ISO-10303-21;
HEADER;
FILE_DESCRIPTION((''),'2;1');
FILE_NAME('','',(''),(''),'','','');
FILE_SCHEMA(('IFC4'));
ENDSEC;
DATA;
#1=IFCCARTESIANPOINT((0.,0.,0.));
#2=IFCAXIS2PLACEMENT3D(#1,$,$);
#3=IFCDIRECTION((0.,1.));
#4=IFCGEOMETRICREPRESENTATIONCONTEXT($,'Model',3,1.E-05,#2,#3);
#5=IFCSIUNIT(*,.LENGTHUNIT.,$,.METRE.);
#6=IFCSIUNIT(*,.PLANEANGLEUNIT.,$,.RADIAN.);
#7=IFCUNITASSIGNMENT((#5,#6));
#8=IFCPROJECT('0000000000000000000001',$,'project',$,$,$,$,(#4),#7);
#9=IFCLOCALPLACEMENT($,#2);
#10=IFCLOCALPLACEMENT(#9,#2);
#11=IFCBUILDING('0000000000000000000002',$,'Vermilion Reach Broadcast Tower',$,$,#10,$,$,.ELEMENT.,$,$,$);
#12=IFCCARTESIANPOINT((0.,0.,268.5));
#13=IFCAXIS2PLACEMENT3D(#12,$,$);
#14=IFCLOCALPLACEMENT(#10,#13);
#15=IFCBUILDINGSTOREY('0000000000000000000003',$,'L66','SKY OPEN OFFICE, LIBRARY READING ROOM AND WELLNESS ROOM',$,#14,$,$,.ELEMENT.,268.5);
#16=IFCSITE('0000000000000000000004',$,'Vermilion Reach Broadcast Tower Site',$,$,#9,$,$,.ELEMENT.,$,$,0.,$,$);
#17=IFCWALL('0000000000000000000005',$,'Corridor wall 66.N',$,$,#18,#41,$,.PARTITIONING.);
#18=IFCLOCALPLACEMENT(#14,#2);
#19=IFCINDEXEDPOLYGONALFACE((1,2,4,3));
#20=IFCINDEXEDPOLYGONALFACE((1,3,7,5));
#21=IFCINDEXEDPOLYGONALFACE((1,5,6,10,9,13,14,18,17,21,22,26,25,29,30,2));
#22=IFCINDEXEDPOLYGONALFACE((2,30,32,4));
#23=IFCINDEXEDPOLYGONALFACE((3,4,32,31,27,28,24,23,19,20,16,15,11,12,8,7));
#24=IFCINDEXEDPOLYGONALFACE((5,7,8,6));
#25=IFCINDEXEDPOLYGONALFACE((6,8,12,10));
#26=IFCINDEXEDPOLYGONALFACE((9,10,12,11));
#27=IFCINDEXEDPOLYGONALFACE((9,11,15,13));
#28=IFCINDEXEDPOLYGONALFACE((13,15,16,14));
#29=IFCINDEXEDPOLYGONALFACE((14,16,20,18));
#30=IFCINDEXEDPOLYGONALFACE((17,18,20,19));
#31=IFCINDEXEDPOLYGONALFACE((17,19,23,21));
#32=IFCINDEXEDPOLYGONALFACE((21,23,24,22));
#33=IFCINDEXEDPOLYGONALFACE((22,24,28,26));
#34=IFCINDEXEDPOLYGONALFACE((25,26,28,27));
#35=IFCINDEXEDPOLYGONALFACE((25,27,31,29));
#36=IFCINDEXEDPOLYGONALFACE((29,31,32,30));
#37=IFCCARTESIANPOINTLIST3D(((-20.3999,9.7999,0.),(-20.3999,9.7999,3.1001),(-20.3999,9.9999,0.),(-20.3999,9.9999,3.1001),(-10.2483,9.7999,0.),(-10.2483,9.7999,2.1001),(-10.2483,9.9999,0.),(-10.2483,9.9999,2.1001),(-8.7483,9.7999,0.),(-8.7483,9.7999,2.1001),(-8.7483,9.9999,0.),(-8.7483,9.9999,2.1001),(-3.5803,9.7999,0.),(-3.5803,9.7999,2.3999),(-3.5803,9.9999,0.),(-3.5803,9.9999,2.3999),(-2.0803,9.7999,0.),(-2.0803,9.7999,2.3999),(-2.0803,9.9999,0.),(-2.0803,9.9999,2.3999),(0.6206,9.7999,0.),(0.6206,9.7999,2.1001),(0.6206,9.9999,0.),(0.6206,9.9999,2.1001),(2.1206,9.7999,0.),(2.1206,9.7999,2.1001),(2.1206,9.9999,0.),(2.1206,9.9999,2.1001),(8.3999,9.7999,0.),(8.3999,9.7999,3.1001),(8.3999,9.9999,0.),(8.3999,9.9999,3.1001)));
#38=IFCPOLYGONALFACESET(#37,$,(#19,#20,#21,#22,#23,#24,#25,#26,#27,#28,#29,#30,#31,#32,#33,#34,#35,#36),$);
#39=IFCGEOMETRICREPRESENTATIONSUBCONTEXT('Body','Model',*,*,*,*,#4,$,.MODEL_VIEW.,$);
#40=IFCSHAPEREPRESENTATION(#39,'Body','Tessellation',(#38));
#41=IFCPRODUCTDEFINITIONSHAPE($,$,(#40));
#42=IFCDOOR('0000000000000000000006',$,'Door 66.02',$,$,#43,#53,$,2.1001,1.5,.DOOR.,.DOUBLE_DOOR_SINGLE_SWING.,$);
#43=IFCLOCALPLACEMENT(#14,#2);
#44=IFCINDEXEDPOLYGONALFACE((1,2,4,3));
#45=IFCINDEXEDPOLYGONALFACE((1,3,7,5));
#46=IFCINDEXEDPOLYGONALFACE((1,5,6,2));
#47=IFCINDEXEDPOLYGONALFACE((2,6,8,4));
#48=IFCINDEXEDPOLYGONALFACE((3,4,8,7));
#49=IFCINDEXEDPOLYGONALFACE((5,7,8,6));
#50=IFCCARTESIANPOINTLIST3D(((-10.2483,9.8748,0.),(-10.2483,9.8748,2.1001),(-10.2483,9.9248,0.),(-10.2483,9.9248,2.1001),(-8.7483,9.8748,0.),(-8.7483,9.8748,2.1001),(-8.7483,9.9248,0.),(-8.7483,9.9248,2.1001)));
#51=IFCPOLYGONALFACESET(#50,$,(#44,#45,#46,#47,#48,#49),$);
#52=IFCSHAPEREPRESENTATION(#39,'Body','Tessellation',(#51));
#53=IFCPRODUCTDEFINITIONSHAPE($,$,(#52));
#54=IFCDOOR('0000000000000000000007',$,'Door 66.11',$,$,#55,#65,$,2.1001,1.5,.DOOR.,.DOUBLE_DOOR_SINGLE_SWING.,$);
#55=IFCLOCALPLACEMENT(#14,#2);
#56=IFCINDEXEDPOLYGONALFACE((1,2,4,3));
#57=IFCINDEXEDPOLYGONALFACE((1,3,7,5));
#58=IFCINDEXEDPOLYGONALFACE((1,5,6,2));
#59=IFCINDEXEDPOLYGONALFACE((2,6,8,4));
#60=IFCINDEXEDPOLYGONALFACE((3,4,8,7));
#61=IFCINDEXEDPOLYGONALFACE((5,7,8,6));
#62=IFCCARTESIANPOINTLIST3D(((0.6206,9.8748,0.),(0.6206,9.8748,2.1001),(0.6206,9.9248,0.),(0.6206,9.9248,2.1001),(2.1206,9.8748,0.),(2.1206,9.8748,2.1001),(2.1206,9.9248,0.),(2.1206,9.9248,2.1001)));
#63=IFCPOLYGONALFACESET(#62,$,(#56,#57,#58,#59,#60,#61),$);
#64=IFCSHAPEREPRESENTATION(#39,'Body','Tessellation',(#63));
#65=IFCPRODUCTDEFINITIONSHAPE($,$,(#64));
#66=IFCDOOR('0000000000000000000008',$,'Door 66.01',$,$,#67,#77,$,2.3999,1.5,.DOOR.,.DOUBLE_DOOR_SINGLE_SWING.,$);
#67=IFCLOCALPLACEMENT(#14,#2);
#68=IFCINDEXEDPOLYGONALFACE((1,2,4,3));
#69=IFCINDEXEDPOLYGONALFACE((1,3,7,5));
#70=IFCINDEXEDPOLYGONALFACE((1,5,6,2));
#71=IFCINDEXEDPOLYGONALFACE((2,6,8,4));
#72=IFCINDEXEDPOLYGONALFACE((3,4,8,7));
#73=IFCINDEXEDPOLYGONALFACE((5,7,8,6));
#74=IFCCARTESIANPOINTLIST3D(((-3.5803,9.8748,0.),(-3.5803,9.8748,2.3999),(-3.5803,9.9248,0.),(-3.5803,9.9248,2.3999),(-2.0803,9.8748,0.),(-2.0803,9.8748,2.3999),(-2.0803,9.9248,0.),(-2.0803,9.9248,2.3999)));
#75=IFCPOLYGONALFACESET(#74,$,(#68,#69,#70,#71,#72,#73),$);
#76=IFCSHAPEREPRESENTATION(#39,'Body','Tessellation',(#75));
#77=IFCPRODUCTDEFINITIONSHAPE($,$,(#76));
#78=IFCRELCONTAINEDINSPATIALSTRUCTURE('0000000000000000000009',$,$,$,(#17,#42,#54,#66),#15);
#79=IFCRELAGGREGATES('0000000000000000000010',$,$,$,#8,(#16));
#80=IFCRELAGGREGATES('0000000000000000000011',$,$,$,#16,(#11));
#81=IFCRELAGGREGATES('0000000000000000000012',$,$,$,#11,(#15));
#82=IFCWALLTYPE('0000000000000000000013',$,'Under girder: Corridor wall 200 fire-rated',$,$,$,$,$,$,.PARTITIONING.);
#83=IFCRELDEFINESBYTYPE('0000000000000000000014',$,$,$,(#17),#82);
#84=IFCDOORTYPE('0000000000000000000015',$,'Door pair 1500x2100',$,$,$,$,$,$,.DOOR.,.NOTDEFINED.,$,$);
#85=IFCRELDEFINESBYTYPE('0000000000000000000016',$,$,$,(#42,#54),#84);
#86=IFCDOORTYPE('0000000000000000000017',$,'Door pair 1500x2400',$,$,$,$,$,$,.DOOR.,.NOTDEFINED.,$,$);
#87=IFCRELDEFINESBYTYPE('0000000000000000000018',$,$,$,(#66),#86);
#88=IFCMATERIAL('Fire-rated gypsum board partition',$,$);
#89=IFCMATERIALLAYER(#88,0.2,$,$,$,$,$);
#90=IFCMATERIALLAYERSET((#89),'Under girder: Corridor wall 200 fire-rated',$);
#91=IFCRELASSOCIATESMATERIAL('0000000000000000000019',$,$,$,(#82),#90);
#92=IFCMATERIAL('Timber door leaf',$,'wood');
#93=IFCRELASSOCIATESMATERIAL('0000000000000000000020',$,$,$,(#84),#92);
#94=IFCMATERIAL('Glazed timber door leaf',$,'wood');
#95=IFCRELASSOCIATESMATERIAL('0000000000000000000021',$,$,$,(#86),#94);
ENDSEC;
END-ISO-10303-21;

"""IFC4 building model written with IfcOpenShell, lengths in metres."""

from ifc_helpers import new_model, si_unit, direction, frame, frame_2d, origin, place, context, subcontext, project, spatial, rectangle, extrude, material, layer, layer_set, type_object, element, fill, save


model = new_model("IFC4")

# Units and contexts
model_context = context("Model", 3, precision=1e-05, world=origin(), true_north=direction((0.0, 1.0)))
body_context = subcontext(model_context, "Body", "Model", "MODEL_VIEW")
ifc_project = project(units=[si_unit("LENGTHUNIT", "METRE"), si_unit("PLANEANGLEUNIT", "RADIAN")], contexts=[model_context])

# Site, building, storey
site_placement = place(None, origin())
site = spatial("IfcSite", under=ifc_project, at=site_placement, Name="Vermilion Reach Broadcast Tower Site", CompositionType="ELEMENT", RefElevation=0.0)
building_placement = place(site_placement, origin())
building = spatial("IfcBuilding", under=site, at=building_placement, Name="Vermilion Reach Broadcast Tower", CompositionType="ELEMENT")
storey_placement = place(building_placement, frame((0.0, 0.0, 268.5)))
storey = spatial("IfcBuildingStorey", under=building, at=storey_placement, Name="L66", Description="SKY OPEN OFFICE, LIBRARY READING ROOM AND WELLNESS ROOM", CompositionType="ELEMENT", Elevation=268.5)

# Wall, openings, doors
ifc_material_1 = material(Name="Fire-rated gypsum board partition")
ifc_layer_1 = layer(ifc_material_1, 0.2)
ifc_layer_set_1 = layer_set([ifc_layer_1], Name="Under girder: Corridor wall 200 fire-rated")
wall_type_1 = type_object("IfcWallType", Name="Under girder: Corridor wall 200 fire-rated", PredefinedType="PARTITIONING", material=ifc_layer_set_1)
wall_1_placement = place(storey_placement, frame((-20.3999, 9.8999, 0.0), z_axis=(0.0, 0.0, 1.0), x_axis=(1.0, 0.0, 0.0)))
wall_1 = element("IfcWall", 1, at=wall_1_placement, inside=storey, type_object=wall_type_1, Name="Corridor wall 66.N", PredefinedType="PARTITIONING", context=body_context, shape_type="SweptSolid", body=[
    extrude(rectangle(XDim=28.7998, YDim=0.2, at=frame_2d((14.3999, 0.0))), origin(), (0.0, 0.0, 1.0), 3.1001),
])
opening_1_placement = place(wall_1_placement, frame((16.8196, 0.0, 0.0)))
opening_1 = element("IfcOpeningElement", 2, at=opening_1_placement, cuts=wall_1, PredefinedType="OPENING", context=body_context, shape_type="SweptSolid", body=[
    extrude(rectangle(XDim=1.5, YDim=2.3999, at=frame_2d((0.75, 1.2))), frame((0.0, 0.1099, 0.0), z_axis=(0.0, -1.0, 0.0), x_axis=(1.0, 0.0, 0.0)), (0.0, 0.0, 1.0), 0.22),
])
opening_2_placement = place(wall_1_placement, frame((10.1516, 0.0, 0.0)))
opening_2 = element("IfcOpeningElement", 3, at=opening_2_placement, cuts=wall_1, PredefinedType="OPENING", context=body_context, shape_type="SweptSolid", body=[
    extrude(rectangle(XDim=1.5, YDim=2.1001, at=frame_2d((0.75, 1.05))), frame((0.0, 0.1099, 0.0), z_axis=(0.0, -1.0, 0.0), x_axis=(1.0, 0.0, 0.0)), (0.0, 0.0, 1.0), 0.22),
])
opening_3_placement = place(wall_1_placement, frame((21.0205, 0.0, 0.0)))
opening_3 = element("IfcOpeningElement", 4, at=opening_3_placement, cuts=wall_1, PredefinedType="OPENING", context=body_context, shape_type="SweptSolid", body=[
    extrude(rectangle(XDim=1.5, YDim=2.1001, at=frame_2d((0.75, 1.05))), frame((0.0, 0.1099, 0.0), z_axis=(0.0, -1.0, 0.0), x_axis=(1.0, 0.0, 0.0)), (0.0, 0.0, 1.0), 0.22),
])
ifc_material_2 = material(Name="Timber door leaf", Category="wood")
door_type_1 = type_object("IfcDoorType", Name="Door pair 1500x2100", OperationType="NOTDEFINED", PredefinedType="DOOR", material=ifc_material_2)
door_1_placement = place(opening_2_placement, origin())
door_1 = element("IfcDoor", 5, at=door_1_placement, inside=storey, type_object=door_type_1, Name="Door 66.02", OperationType="DOUBLE_DOOR_SINGLE_SWING", OverallHeight=2.1001, OverallWidth=1.5, PredefinedType="DOOR", context=body_context, shape_type="SweptSolid", body=[
    extrude(rectangle(XDim=1.5, YDim=2.1001, at=frame_2d((0.75, 1.05))), frame((0.0, 0.0249, 0.0), z_axis=(0.0, -1.0, 0.0), x_axis=(1.0, 0.0, 0.0)), (0.0, 0.0, 1.0), 0.05),
])
fill(opening_2, door_1)
door_2_placement = place(opening_3_placement, origin())
door_2 = element("IfcDoor", 6, at=door_2_placement, inside=storey, type_object=door_type_1, Name="Door 66.11", OperationType="DOUBLE_DOOR_SINGLE_SWING", OverallHeight=2.1001, OverallWidth=1.5, PredefinedType="DOOR", context=body_context, shape_type="SweptSolid", body=[
    extrude(rectangle(XDim=1.5, YDim=2.1001, at=frame_2d((0.75, 1.05))), frame((0.0, 0.0249, 0.0), z_axis=(0.0, -1.0, 0.0), x_axis=(1.0, 0.0, 0.0)), (0.0, 0.0, 1.0), 0.05),
])
fill(opening_3, door_2)
ifc_material_3 = material(Name="Glazed timber door leaf", Category="wood")
door_type_2 = type_object("IfcDoorType", Name="Door pair 1500x2400", OperationType="NOTDEFINED", PredefinedType="DOOR", material=ifc_material_3)
door_3_placement = place(opening_1_placement, origin())
door_3 = element("IfcDoor", 7, at=door_3_placement, inside=storey, type_object=door_type_2, Name="Door 66.01", OperationType="DOUBLE_DOOR_SINGLE_SWING", OverallHeight=2.3999, OverallWidth=1.5, PredefinedType="DOOR", context=body_context, shape_type="SweptSolid", body=[
    extrude(rectangle(XDim=1.5, YDim=2.3999, at=frame_2d((0.75, 1.2))), frame((0.0, 0.0249, 0.0), z_axis=(0.0, -1.0, 0.0), x_axis=(1.0, 0.0, 0.0)), (0.0, 0.0, 1.0), 0.05),
])
fill(opening_1, door_3)

save(model, "model.ifc")
